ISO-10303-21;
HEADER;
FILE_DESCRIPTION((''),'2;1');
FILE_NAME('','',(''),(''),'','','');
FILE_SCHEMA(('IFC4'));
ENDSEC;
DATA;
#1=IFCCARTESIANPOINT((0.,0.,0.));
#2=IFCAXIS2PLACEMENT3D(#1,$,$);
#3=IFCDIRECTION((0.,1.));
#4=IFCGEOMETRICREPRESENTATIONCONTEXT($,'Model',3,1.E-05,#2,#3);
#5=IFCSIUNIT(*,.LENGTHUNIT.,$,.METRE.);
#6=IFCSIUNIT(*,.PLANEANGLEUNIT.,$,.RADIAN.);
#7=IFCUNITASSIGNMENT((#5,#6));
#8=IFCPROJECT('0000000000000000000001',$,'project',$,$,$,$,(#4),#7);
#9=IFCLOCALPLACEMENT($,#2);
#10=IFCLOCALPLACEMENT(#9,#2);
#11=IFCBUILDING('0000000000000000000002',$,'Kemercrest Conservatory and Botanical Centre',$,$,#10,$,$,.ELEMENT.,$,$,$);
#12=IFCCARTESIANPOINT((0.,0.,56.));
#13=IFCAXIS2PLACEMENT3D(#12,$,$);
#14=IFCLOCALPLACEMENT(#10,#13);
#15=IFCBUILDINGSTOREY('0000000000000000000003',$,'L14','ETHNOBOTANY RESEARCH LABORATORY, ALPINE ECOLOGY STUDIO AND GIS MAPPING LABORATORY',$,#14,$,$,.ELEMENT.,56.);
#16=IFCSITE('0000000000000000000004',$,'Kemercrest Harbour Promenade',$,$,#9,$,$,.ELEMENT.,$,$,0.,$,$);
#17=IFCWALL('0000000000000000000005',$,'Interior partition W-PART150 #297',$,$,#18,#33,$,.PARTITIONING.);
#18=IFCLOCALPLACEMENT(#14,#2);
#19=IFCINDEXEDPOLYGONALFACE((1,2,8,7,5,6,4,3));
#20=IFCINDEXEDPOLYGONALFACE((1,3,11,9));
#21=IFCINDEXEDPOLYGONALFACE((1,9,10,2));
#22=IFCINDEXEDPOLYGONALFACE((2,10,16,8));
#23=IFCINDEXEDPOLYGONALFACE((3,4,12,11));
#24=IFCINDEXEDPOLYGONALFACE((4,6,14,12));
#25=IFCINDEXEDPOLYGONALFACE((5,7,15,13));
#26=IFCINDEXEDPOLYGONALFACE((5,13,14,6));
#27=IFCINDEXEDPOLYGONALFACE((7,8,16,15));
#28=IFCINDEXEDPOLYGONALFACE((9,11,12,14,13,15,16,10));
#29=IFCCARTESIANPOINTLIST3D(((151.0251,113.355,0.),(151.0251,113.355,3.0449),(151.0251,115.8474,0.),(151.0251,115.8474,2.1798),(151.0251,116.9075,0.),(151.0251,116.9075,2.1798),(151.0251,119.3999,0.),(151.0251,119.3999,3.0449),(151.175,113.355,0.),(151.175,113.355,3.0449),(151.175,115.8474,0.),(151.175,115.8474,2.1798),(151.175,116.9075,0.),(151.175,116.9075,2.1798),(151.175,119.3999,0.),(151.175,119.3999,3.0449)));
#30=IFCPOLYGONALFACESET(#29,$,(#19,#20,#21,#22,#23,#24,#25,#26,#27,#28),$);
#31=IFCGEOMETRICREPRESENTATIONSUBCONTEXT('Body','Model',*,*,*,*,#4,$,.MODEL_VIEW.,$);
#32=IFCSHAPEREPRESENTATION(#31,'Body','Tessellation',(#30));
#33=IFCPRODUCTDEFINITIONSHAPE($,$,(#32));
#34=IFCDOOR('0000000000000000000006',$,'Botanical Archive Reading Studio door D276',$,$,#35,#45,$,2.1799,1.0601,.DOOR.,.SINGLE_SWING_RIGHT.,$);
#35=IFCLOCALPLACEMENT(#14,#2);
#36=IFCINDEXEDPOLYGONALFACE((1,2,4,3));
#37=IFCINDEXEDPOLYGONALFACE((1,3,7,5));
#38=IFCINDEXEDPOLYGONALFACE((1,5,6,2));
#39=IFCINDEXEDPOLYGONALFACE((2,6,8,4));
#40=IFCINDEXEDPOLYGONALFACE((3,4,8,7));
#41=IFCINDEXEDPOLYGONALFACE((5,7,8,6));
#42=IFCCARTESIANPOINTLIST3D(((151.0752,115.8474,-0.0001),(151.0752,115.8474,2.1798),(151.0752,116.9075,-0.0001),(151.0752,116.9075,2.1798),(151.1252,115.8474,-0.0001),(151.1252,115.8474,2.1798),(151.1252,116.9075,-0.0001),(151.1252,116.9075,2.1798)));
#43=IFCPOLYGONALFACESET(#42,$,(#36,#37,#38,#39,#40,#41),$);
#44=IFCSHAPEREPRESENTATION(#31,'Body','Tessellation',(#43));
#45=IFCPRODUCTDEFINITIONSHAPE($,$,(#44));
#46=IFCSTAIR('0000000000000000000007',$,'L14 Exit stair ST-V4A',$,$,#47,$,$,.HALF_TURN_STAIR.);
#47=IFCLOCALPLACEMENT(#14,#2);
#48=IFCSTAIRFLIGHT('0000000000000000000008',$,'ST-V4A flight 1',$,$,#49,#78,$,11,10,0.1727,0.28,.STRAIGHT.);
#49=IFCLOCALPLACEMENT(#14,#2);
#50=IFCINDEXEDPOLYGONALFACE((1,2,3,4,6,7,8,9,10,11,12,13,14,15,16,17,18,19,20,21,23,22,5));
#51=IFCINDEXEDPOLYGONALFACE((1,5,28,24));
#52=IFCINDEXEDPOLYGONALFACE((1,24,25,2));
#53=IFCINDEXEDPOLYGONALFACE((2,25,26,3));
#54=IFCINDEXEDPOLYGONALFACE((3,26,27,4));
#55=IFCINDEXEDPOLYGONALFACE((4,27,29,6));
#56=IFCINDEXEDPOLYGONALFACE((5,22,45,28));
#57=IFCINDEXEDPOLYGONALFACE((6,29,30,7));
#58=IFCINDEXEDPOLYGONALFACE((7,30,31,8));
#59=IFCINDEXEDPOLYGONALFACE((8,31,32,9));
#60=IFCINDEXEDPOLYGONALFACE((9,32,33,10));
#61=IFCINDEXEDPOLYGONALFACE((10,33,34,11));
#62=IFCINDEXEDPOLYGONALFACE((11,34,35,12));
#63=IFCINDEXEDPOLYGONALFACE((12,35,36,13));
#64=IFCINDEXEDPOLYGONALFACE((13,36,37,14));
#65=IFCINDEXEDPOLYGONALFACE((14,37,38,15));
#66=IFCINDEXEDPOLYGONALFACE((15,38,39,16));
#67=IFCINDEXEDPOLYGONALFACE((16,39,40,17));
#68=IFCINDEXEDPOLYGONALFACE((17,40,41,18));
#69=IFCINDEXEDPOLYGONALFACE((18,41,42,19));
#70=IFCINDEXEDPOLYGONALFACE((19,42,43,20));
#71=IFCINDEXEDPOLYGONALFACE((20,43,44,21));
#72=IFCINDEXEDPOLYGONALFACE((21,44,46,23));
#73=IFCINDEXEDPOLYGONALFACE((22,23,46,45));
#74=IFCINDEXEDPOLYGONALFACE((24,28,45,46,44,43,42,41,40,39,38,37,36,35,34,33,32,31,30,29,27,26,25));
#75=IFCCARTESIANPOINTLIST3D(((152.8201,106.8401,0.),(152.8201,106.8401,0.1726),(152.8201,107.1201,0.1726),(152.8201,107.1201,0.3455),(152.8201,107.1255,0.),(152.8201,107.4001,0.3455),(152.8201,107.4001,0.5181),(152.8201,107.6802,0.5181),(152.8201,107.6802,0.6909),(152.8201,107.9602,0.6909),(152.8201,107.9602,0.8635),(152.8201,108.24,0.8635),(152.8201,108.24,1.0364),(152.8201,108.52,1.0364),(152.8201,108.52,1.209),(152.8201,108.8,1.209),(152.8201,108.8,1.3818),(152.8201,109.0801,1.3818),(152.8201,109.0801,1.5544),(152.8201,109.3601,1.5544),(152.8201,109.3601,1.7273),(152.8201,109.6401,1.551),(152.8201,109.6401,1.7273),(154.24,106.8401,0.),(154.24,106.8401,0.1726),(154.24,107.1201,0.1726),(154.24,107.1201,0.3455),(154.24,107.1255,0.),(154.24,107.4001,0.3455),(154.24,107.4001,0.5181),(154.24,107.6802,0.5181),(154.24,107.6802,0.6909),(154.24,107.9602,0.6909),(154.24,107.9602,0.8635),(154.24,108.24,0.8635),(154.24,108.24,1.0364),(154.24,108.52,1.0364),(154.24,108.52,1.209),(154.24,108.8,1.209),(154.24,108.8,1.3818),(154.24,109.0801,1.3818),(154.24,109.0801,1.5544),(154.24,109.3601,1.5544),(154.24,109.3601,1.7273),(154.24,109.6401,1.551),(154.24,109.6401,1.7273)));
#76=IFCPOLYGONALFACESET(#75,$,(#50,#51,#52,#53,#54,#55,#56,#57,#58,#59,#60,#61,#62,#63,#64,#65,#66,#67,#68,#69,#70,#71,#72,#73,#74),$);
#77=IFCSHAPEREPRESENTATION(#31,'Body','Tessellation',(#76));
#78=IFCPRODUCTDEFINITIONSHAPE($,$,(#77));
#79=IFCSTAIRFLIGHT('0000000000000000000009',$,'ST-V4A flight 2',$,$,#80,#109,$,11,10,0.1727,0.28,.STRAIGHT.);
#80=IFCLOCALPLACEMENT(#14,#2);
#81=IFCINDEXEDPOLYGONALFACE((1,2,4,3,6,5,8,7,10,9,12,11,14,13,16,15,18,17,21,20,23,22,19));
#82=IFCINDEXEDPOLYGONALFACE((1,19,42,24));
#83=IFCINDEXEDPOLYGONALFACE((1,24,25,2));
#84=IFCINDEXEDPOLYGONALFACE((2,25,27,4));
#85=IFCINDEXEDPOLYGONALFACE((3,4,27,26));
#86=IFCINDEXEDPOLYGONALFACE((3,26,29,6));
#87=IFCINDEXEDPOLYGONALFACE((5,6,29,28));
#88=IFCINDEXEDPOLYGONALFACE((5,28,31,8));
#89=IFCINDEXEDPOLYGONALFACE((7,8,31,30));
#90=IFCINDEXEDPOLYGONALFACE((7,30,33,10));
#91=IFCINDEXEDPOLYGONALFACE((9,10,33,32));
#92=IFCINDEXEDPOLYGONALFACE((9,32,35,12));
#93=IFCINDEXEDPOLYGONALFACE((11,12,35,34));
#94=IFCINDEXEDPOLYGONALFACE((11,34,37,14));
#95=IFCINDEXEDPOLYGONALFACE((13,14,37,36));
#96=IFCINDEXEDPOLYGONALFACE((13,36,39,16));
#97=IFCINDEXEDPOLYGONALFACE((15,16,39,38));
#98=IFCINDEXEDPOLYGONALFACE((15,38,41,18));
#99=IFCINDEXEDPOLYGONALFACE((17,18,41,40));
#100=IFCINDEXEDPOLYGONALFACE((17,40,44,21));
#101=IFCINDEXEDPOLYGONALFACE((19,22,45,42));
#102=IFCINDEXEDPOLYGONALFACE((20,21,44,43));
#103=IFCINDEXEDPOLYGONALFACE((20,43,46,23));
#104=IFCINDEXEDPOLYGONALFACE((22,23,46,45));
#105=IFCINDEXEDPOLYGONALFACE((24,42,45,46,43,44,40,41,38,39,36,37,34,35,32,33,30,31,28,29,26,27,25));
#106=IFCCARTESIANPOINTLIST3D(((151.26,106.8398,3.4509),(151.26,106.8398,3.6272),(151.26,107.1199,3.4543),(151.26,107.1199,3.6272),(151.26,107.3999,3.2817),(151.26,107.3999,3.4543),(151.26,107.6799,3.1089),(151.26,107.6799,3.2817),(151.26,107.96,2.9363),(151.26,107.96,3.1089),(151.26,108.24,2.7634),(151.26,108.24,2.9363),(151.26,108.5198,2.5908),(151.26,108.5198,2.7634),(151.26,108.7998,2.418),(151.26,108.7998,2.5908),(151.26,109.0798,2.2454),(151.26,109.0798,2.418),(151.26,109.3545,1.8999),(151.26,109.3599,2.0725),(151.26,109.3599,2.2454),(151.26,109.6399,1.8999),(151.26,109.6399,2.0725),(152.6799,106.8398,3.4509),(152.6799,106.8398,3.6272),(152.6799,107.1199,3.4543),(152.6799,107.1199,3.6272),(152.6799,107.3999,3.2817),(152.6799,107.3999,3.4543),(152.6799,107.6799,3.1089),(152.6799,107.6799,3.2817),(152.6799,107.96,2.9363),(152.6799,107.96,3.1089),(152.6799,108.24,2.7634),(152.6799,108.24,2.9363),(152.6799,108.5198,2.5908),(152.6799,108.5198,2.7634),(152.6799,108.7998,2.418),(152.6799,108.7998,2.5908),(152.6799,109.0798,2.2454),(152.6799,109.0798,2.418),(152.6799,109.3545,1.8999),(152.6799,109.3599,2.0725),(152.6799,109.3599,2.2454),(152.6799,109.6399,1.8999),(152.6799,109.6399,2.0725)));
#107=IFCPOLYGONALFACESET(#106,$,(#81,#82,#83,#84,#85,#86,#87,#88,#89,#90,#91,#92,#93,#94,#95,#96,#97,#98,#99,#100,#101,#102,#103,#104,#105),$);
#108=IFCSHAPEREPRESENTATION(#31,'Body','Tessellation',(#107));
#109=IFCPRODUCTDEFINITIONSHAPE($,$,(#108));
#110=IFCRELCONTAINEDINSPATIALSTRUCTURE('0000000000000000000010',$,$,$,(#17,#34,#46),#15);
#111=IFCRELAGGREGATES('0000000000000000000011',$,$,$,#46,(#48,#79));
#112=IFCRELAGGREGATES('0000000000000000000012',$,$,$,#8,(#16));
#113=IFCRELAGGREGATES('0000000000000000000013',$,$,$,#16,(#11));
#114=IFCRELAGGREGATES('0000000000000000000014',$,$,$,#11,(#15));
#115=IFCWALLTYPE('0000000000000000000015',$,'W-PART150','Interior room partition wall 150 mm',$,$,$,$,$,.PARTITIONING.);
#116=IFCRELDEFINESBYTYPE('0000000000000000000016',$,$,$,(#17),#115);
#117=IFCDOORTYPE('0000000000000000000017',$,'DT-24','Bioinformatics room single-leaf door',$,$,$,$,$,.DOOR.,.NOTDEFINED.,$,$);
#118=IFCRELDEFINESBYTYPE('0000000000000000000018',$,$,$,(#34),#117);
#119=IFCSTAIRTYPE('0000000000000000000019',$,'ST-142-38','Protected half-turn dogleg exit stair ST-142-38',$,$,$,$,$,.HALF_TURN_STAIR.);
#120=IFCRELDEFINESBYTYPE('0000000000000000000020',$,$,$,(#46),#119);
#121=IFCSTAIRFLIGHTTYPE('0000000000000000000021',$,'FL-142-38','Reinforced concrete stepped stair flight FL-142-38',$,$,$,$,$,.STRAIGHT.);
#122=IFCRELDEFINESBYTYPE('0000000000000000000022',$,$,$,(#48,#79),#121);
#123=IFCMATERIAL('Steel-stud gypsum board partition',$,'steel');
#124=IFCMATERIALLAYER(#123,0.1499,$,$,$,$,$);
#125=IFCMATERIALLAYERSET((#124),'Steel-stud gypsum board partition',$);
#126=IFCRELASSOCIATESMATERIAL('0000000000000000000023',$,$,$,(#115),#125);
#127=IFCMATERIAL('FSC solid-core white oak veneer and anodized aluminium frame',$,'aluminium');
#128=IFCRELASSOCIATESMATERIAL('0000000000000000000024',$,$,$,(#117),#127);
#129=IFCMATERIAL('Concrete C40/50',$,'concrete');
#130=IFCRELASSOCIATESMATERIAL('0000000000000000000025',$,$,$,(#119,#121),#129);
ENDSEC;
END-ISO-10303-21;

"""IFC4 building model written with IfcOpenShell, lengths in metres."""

from ifc_helpers import new_model, si_unit, direction, frame, frame_2d, origin, place, context, subcontext, project, spatial, polyline, rectangle, outline, extrude, material, layer, layer_set, type_object, element, fill, aggregate, save


model = new_model("IFC4")

# Units and contexts
model_context = context("Model", 3, precision=1e-05, world=origin(), true_north=direction((0.0, 1.0)))
body_context = subcontext(model_context, "Body", "Model", "MODEL_VIEW")
ifc_project = project(units=[si_unit("LENGTHUNIT", "METRE"), si_unit("PLANEANGLEUNIT", "RADIAN")], contexts=[model_context])

# Site, building, storey
site_placement = place(None, origin())
site = spatial("IfcSite", under=ifc_project, at=site_placement, Name="Kemercrest Harbour Promenade", CompositionType="ELEMENT", RefElevation=0.0)
building_placement = place(site_placement, origin())
building = spatial("IfcBuilding", under=site, at=building_placement, Name="Kemercrest Conservatory and Botanical Centre", CompositionType="ELEMENT")
storey_placement = place(building_placement, frame((0.0, 0.0, 56.0)))
storey = spatial("IfcBuildingStorey", under=building, at=storey_placement, Name="L14", Description="ETHNOBOTANY RESEARCH LABORATORY, ALPINE ECOLOGY STUDIO AND GIS MAPPING LABORATORY", CompositionType="ELEMENT", Elevation=56.0)

# Shared definitions
ifc_material_1 = material(Name="Concrete C40/50", Category="concrete")

# Wall, opening, door
ifc_material_2 = material(Name="Steel-stud gypsum board partition", Category="steel")
ifc_layer_1 = layer(ifc_material_2, 0.1499)
ifc_layer_set_1 = layer_set([ifc_layer_1], Name="Steel-stud gypsum board partition")
wall_type_1 = type_object("IfcWallType", Name="W-PART150", Description="Interior room partition wall 150 mm", PredefinedType="PARTITIONING", material=ifc_layer_set_1)
wall_1_placement = place(storey_placement, frame((151.1001, 113.355, 0.0), z_axis=(0.0, 0.0, 1.0), x_axis=(0.0, 1.0, 0.0)))
wall_1 = element("IfcWall", 1, at=wall_1_placement, inside=storey, type_object=wall_type_1, Name="Interior partition W-PART150 #297", PredefinedType="PARTITIONING", context=body_context, shape_type="SweptSolid", body=[
    extrude(rectangle(XDim=6.0449, YDim=0.1499, at=frame_2d((3.0225, 0.0))), origin(), (0.0, 0.0, 1.0), 3.0449),
])
opening_1_placement = place(wall_1_placement, frame((2.4924, 0.0, 0.0)))
opening_1 = element("IfcOpeningElement", 2, at=opening_1_placement, cuts=wall_1, PredefinedType="OPENING", context=body_context, shape_type="SweptSolid", body=[
    extrude(rectangle(XDim=1.0601, YDim=2.1799, at=frame_2d((0.53, 1.0898))), frame((0.0, 0.085, 0.0), z_axis=(0.0, -1.0, 0.0), x_axis=(1.0, 0.0, 0.0)), (0.0, 0.0, 1.0), 0.1699),
])
ifc_material_3 = material(Name="FSC solid-core white oak veneer and anodized aluminium frame", Category="aluminium")
door_type = type_object("IfcDoorType", Name="DT-24", Description="Bioinformatics room single-leaf door", OperationType="NOTDEFINED", PredefinedType="DOOR", material=ifc_material_3)
door_placement = place(opening_1_placement, origin())
door = element("IfcDoor", 3, at=door_placement, inside=storey, type_object=door_type, Name="Botanical Archive Reading Studio door D276", OperationType="SINGLE_SWING_RIGHT", OverallHeight=2.1799, OverallWidth=1.0601, PredefinedType="DOOR", context=body_context, shape_type="SweptSolid", body=[
    extrude(rectangle(XDim=1.0601, YDim=2.1799, at=frame_2d((0.53, 1.0898))), frame((0.0, 0.0249, 0.0), z_axis=(0.0, -1.0, 0.0), x_axis=(1.0, 0.0, 0.0)), (0.0, 0.0, 1.0), 0.05),
])
fill(opening_1, door)

# Stair, stair flights
stair_type = type_object("IfcStairType", Name="ST-142-38", Description="Protected half-turn dogleg exit stair ST-142-38", PredefinedType="HALF_TURN_STAIR", material=ifc_material_1)
stair_placement = place(storey_placement, origin())
stair = element("IfcStair", 4, at=stair_placement, inside=storey, type_object=stair_type, Name="L14 Exit stair ST-V4A", PredefinedType="HALF_TURN_STAIR")
stair_flight_type = type_object("IfcStairFlightType", Name="FL-142-38", Description="Reinforced concrete stepped stair flight FL-142-38", PredefinedType="STRAIGHT", material=ifc_material_1)
stair_flight_1_placement = place(storey_placement, frame((153.53, 106.8401, 0.0), z_axis=(0.0, 0.0, 1.0), x_axis=(0.0, 1.0, 0.0)))
stair_flight_1 = element("IfcStairFlight", 5, at=stair_flight_1_placement, type_object=stair_flight_type, Name="ST-V4A flight 1", NumberOfRisers=11, NumberOfTreads=10, PredefinedType="STRAIGHT", RiserHeight=0.1727, TreadLength=0.28, context=body_context, shape_type="SweptSolid", body=[
    extrude(outline(polyline([(0.0, 0.0), (0.0, 0.1726), (0.28, 0.1726), (0.28, 0.3455), (0.5601, 0.3455), (0.5601, 0.5181), (0.8401, 0.5181), (0.8401, 0.6909), (1.1201, 0.6909), (1.1201, 0.8635), (1.3999, 0.8635), (1.3999, 1.0364), (1.6799, 1.0364), (1.6799, 1.209), (1.96, 1.209), (1.96, 1.3818), (2.24, 1.3818), (2.24, 1.5544), (2.52, 1.5544), (2.52, 1.7273), (2.8, 1.7273), (2.8, 1.8999), (2.8, 1.551), (0.2854, 0.0), (0.0, 0.0)])), frame((0.0, 0.71, 0.0), z_axis=(0.0, -1.0, 0.0), x_axis=(1.0, 0.0, 0.0)), (0.0, 0.0, 1.0), 1.4199),
])
stair_flight_2_placement = place(storey_placement, frame((151.97, 109.6399, 1.8999), z_axis=(0.0, 0.0, 1.0), x_axis=(0.0, -1.0, 0.0)))
stair_flight_2 = element("IfcStairFlight", 6, at=stair_flight_2_placement, type_object=stair_flight_type, Name="ST-V4A flight 2", NumberOfRisers=11, NumberOfTreads=10, PredefinedType="STRAIGHT", RiserHeight=0.1727, TreadLength=0.28, context=body_context, shape_type="SweptSolid", body=[
    extrude(outline(polyline([(0.0, 0.0), (0.0, 0.1726), (0.28, 0.1726), (0.28, 0.3455), (0.5601, 0.3455), (0.5601, 0.5181), (0.8401, 0.5181), (0.8401, 0.6909), (1.1201, 0.6909), (1.1201, 0.8635), (1.3999, 0.8635), (1.3999, 1.0364), (1.6799, 1.0364), (1.6799, 1.209), (1.96, 1.209), (1.96, 1.3818), (2.24, 1.3818), (2.24, 1.5544), (2.52, 1.5544), (2.52, 1.7273), (2.8, 1.7273), (2.8, 1.8999), (2.8, 1.551), (0.2854, 0.0), (0.0, 0.0)])), frame((0.0, 0.71, 0.0), z_axis=(0.0, -1.0, 0.0), x_axis=(1.0, 0.0, 0.0)), (0.0, 0.0, 1.0), 1.4199),
])
aggregate(stair, [stair_flight_1, stair_flight_2])

save(model, "model.ifc")
